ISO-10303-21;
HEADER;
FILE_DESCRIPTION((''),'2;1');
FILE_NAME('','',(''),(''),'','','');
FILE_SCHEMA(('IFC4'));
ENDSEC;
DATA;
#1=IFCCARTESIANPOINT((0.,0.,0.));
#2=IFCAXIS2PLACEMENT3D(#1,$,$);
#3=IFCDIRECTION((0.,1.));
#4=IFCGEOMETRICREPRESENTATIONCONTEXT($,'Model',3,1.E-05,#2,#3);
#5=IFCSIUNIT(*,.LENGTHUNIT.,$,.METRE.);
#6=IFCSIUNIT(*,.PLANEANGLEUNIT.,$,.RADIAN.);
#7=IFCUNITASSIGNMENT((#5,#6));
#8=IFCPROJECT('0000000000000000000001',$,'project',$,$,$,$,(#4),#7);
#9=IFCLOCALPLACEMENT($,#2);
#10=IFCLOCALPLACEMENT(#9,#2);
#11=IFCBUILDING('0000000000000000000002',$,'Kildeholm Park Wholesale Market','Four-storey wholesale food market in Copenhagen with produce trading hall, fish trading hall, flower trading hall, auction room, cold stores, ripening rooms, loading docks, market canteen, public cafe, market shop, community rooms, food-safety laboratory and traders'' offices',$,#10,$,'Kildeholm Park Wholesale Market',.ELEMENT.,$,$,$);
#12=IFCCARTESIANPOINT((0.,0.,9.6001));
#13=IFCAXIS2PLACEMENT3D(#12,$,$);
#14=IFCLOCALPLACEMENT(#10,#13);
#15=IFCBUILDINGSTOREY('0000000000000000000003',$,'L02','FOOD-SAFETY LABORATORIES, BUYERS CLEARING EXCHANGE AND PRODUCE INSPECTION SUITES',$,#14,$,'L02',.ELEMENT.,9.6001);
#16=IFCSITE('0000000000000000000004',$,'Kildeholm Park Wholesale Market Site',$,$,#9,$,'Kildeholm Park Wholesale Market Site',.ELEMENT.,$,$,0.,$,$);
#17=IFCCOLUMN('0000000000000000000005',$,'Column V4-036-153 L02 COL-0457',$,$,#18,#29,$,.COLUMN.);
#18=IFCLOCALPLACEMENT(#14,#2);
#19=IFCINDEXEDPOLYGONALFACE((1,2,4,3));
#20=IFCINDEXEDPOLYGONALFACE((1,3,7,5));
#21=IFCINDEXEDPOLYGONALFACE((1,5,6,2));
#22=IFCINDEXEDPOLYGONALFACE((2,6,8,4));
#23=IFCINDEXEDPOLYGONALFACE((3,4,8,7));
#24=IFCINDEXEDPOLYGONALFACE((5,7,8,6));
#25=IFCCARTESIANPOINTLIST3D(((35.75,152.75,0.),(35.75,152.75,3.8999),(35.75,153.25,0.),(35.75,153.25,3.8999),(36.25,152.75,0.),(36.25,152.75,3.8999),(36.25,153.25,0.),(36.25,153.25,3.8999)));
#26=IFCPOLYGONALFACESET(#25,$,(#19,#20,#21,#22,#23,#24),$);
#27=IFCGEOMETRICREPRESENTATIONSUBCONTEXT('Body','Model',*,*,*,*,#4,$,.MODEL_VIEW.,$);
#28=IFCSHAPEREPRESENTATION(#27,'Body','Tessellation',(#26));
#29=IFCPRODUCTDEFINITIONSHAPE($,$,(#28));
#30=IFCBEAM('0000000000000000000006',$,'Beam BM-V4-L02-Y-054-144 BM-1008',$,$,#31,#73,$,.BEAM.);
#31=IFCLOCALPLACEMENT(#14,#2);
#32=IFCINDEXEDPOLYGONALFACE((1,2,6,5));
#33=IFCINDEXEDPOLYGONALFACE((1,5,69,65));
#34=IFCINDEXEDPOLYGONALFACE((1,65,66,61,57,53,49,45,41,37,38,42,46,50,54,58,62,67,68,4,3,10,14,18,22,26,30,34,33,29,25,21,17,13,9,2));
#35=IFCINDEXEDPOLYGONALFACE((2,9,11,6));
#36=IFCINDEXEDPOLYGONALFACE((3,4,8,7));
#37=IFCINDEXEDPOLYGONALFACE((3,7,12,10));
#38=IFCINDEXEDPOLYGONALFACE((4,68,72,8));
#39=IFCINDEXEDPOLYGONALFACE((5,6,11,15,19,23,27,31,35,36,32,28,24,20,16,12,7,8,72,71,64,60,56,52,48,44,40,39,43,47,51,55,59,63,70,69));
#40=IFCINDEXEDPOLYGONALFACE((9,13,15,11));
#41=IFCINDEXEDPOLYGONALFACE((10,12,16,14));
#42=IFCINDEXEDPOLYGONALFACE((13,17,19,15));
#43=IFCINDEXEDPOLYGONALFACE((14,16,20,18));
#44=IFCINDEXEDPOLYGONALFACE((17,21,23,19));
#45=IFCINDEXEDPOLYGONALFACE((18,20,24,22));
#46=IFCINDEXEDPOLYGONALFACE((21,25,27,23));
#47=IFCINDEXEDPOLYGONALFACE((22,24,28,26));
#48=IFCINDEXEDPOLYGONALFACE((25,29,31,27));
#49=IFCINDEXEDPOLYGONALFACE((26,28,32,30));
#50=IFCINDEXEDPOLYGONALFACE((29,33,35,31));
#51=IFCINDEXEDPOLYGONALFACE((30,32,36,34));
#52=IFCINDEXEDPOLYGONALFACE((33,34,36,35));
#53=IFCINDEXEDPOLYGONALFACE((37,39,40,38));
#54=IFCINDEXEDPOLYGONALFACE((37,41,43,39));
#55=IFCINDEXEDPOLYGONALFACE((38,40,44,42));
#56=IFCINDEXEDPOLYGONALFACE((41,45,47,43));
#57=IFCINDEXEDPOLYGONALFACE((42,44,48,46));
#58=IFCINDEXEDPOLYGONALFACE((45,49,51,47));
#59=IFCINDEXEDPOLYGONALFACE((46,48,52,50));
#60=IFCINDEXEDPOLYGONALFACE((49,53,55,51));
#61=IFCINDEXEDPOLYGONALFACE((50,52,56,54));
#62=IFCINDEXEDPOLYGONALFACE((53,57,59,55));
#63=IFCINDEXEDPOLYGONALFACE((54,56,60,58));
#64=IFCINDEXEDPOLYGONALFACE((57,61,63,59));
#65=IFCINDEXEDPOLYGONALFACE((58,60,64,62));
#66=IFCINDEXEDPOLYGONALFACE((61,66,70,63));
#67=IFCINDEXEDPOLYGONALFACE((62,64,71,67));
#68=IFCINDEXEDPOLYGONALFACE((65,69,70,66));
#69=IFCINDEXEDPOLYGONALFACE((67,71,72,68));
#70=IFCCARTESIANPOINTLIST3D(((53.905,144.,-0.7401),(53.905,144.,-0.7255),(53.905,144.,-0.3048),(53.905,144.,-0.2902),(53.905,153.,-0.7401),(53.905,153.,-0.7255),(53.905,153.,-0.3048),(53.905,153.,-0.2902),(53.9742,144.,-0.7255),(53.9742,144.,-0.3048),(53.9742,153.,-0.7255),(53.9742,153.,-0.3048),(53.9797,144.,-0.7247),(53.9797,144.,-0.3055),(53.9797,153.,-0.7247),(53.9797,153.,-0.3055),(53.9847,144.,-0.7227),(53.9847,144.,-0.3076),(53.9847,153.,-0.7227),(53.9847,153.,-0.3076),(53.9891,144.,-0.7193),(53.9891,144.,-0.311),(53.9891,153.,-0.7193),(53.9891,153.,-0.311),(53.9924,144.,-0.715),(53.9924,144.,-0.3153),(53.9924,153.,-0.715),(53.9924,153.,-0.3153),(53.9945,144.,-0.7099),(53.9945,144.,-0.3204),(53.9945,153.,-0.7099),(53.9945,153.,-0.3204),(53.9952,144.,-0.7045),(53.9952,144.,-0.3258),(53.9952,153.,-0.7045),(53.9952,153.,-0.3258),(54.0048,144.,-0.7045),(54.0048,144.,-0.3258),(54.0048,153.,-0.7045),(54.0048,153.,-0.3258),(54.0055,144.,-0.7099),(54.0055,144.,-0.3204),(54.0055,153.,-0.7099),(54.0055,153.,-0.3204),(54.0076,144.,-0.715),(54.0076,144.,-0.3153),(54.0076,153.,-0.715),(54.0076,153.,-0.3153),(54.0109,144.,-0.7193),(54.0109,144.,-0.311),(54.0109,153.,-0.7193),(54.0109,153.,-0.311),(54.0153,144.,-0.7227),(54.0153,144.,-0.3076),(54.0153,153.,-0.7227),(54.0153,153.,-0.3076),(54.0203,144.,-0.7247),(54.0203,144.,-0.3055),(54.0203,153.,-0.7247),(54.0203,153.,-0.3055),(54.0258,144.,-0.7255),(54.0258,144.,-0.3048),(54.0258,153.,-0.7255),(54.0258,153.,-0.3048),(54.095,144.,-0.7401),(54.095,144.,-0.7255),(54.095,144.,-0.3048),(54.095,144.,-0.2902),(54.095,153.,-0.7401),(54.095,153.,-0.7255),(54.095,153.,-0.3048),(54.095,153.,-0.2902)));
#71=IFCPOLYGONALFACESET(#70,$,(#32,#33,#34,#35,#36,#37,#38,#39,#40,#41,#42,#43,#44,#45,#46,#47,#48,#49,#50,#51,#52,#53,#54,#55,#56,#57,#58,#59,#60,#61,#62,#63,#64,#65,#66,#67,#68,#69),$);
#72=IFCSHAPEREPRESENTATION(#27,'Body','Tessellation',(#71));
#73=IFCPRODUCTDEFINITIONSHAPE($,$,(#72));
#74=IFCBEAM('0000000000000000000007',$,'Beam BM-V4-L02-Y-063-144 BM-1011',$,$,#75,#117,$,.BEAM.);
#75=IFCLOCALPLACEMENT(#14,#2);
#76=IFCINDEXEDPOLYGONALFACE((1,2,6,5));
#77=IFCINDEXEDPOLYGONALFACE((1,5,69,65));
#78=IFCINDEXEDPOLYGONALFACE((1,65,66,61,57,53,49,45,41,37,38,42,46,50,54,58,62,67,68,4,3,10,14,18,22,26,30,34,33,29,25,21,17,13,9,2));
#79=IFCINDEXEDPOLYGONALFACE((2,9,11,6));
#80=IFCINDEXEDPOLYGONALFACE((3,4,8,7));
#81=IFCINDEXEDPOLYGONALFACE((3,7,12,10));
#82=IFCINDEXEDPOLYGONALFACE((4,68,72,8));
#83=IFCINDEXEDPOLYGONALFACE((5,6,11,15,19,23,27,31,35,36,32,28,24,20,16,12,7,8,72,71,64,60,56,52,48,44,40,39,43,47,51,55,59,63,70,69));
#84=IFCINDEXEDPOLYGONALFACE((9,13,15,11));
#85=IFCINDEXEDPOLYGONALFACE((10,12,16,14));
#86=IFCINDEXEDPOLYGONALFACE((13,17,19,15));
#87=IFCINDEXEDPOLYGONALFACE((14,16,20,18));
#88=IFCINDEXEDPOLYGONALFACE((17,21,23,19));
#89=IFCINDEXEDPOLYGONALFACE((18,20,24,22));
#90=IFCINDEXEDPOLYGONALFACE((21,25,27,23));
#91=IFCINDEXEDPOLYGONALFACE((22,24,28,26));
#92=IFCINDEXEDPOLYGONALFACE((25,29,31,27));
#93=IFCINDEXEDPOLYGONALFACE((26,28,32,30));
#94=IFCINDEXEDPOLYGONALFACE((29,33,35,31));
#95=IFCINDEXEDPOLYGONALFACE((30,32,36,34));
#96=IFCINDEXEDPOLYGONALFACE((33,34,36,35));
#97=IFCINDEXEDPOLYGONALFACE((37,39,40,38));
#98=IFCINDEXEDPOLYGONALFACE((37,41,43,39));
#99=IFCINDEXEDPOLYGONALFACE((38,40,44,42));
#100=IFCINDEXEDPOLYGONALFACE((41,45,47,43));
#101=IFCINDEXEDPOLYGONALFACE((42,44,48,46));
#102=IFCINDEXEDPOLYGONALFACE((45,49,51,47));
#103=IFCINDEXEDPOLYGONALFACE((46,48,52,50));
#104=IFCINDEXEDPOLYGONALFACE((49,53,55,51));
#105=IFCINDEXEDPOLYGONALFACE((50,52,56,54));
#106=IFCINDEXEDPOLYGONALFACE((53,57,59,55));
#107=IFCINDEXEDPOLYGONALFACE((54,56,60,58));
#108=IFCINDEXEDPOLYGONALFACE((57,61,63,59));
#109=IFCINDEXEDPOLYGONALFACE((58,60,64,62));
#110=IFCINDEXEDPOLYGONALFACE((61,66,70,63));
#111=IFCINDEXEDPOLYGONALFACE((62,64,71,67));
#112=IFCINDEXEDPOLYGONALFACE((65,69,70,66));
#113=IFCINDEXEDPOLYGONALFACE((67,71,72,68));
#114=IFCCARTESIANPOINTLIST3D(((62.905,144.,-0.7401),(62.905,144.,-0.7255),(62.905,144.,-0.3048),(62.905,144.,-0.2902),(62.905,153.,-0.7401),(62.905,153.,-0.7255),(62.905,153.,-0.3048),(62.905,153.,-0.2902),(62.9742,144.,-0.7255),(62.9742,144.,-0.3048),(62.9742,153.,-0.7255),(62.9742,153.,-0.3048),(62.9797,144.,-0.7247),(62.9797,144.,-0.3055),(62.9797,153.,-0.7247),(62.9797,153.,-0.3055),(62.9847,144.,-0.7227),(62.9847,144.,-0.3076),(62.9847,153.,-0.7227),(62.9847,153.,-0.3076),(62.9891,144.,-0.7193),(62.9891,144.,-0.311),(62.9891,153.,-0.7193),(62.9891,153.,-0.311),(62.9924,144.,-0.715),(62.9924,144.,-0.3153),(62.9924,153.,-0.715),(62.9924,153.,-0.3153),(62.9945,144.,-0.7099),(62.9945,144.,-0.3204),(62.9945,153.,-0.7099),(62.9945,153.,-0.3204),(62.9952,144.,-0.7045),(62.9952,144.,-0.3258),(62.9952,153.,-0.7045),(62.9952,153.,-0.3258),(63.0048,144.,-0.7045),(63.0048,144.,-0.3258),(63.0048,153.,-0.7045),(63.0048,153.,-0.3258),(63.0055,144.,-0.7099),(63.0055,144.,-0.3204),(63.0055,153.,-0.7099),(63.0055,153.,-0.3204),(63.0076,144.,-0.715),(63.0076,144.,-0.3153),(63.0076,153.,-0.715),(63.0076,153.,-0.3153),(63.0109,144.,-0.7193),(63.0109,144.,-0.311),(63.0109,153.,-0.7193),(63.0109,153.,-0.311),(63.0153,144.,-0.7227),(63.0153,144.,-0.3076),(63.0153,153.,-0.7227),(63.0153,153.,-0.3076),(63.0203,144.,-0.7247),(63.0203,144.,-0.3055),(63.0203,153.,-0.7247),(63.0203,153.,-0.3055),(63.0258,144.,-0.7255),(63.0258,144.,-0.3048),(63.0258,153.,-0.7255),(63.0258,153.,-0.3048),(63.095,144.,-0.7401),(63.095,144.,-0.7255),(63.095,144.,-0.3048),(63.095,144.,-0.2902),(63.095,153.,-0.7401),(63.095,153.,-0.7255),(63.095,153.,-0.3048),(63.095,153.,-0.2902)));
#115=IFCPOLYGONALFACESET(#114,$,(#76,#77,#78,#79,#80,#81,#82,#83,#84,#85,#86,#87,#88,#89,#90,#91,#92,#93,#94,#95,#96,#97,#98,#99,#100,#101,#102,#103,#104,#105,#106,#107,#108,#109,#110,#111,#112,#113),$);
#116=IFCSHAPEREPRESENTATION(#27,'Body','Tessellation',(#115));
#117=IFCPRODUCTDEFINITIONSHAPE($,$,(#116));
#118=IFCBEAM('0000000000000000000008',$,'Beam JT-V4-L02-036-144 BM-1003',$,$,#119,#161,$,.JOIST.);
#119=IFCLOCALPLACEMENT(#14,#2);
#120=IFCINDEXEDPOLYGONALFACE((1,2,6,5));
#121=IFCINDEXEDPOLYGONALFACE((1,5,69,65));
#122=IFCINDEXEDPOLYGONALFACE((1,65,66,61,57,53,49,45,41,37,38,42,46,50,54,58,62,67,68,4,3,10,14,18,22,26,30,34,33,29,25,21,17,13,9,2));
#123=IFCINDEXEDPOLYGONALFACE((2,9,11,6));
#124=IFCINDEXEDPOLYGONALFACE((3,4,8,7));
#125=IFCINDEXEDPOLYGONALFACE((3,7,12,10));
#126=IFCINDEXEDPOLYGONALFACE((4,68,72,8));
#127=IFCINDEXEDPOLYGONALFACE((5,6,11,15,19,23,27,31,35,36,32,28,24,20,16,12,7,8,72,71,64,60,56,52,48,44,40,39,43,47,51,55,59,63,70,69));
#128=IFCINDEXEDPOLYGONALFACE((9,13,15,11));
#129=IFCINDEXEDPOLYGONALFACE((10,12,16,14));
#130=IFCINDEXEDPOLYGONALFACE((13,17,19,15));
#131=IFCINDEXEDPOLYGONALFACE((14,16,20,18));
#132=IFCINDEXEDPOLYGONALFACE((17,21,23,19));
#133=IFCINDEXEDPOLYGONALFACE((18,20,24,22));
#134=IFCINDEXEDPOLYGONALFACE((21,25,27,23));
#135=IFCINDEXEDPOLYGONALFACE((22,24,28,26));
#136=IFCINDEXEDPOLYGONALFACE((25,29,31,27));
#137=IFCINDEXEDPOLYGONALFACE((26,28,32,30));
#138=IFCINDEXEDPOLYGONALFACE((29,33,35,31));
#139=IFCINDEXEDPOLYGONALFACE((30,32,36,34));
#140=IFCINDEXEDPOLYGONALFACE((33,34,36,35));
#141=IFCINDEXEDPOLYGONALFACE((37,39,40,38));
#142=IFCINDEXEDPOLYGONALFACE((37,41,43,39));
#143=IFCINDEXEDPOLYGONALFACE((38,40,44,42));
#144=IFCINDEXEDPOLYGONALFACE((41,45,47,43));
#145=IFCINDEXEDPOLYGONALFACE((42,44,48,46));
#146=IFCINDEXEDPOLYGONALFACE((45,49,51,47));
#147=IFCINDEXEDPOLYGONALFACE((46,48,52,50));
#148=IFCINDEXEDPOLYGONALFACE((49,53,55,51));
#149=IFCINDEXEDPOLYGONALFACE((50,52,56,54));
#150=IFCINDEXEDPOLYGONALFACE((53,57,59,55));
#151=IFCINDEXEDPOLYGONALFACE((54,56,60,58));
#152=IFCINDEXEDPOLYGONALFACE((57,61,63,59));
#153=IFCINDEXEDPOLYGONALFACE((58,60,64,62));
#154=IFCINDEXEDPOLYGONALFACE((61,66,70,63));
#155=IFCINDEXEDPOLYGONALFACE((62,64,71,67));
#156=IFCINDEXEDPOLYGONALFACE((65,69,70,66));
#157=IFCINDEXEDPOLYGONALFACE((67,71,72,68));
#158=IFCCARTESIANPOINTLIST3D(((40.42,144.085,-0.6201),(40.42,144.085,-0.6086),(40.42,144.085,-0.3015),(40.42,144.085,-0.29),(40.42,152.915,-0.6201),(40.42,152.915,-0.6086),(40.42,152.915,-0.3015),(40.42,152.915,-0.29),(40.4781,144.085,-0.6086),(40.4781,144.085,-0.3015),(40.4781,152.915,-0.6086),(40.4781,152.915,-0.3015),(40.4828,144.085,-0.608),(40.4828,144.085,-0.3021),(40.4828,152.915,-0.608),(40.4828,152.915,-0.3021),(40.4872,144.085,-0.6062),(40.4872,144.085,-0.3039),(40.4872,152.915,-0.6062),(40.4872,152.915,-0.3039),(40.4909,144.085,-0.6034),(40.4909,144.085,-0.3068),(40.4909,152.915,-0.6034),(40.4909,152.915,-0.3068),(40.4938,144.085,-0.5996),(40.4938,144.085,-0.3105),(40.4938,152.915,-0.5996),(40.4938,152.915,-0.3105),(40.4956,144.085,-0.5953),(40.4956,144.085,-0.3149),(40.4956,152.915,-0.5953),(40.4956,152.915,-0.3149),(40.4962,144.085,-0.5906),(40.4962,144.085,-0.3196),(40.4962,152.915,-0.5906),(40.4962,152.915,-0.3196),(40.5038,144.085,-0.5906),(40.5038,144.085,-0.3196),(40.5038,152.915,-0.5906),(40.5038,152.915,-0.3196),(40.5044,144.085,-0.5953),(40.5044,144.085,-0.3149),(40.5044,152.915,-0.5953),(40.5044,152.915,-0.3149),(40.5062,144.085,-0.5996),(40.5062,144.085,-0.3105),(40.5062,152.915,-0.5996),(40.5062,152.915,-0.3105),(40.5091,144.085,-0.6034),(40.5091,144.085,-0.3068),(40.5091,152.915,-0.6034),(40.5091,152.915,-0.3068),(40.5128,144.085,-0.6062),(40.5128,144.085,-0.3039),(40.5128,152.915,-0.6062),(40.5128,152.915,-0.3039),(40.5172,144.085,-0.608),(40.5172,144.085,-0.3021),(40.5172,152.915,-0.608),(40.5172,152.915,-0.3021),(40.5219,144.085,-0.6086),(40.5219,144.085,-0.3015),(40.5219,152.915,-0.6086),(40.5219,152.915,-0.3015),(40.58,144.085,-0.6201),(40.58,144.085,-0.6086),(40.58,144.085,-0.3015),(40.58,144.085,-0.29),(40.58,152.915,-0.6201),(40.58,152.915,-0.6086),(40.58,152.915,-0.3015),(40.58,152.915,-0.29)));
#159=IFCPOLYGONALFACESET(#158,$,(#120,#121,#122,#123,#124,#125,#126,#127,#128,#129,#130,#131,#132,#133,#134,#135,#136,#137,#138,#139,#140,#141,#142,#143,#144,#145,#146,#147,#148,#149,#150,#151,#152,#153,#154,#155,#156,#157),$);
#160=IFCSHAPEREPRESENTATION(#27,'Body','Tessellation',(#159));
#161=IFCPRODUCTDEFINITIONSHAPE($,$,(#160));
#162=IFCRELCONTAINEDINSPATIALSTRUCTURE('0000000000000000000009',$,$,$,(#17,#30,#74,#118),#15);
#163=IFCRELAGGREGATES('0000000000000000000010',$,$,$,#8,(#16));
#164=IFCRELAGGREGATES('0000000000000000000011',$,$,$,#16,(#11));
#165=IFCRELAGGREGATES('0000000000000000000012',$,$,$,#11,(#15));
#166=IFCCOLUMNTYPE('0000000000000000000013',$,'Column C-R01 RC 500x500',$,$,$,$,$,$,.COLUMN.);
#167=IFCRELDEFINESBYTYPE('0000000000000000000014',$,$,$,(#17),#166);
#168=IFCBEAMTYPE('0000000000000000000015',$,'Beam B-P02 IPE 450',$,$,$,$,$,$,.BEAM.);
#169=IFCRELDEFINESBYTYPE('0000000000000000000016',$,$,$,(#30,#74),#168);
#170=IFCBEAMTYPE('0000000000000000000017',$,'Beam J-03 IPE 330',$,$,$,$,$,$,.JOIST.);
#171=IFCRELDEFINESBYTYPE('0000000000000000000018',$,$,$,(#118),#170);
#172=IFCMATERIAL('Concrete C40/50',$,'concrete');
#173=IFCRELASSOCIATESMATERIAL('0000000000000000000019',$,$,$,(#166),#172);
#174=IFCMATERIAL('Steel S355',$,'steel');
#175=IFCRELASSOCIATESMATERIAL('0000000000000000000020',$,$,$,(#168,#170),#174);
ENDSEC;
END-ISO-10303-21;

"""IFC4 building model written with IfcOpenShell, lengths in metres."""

from ifc_helpers import new_model, si_unit, direction, frame, origin, origin_2d, place, context, subcontext, project, spatial, rectangle, i_section, extrude, material, material_profile, profile_set, type_object, element, save


model = new_model("IFC4")

# Units and contexts
model_context = context("Model", 3, precision=1e-05, world=origin(), true_north=direction((0.0, 1.0)))
body_context = subcontext(model_context, "Body", "Model", "MODEL_VIEW")
ifc_project = project(units=[si_unit("LENGTHUNIT", "METRE"), si_unit("PLANEANGLEUNIT", "RADIAN")], contexts=[model_context])

# Site, building, storey
site_placement = place(None, origin())
site = spatial("IfcSite", under=ifc_project, at=site_placement, Name="Kildeholm Park Wholesale Market Site", LongName="Kildeholm Park Wholesale Market Site", CompositionType="ELEMENT", RefElevation=0.0)
building_placement = place(site_placement, origin())
building = spatial("IfcBuilding", under=site, at=building_placement, Name="Kildeholm Park Wholesale Market", Description="Four-storey wholesale food market in Copenhagen with produce trading hall, fish trading hall, flower trading hall, auction room, cold stores, ripening rooms, loading docks, market canteen, public cafe, market shop, community rooms, food-safety laboratory and traders' offices", LongName="Kildeholm Park Wholesale Market", CompositionType="ELEMENT")
storey_placement = place(building_placement, frame((0.0, 0.0, 9.6001)))
storey = spatial("IfcBuildingStorey", under=building, at=storey_placement, Name="L02", Description="FOOD-SAFETY LABORATORIES, BUYERS CLEARING EXCHANGE AND PRODUCE INSPECTION SUITES", LongName="L02", CompositionType="ELEMENT", Elevation=9.6001)

# Column
ifc_material_1 = material(Name="Concrete C40/50", Category="concrete")
ifc_material_profile_1 = material_profile(ifc_material_1, rectangle(XDim=0.5, YDim=0.5, at=origin_2d()), Name="RC 500x500")
ifc_profile_set_1 = profile_set([ifc_material_profile_1], Name="Concrete C40/50")
column_type = type_object("IfcColumnType", Name="Column C-R01 RC 500x500", PredefinedType="COLUMN", material=ifc_profile_set_1)
column_placement = place(storey_placement, frame((36.0, 153.0, 0.0), z_axis=(0.0, 0.0, 1.0), x_axis=(1.0, 0.0, 0.0)))
element("IfcColumn", 1, at=column_placement, inside=storey, type_object=column_type, Name="Column V4-036-153 L02 COL-0457", PredefinedType="COLUMN", context=body_context, shape_type="SweptSolid", body=[
    extrude(rectangle(XDim=0.5, YDim=0.5, at=origin_2d()), origin(), (0.0, 0.0, 1.0), 3.8999),
])

# Beams
ifc_material_2 = material(Name="Steel S355", Category="steel")
ifc_material_profile_2 = material_profile(ifc_material_2, i_section(OverallWidth=0.1899, OverallDepth=0.45, WebThickness=0.0095, FlangeThickness=0.0146, FilletRadius=0.021, at=origin_2d()), Name="IPE 450")
ifc_profile_set_2 = profile_set([ifc_material_profile_2], Name="Steel S355")
beam_type_1 = type_object("IfcBeamType", Name="Beam B-P02 IPE 450", PredefinedType="BEAM", material=ifc_profile_set_2)
for number, where, z_axis, x_axis, name in (
    (2, (54.0, 144.0, -0.5151), (0.0, 1.0, 0.0), (-1.0, 0.0, 0.0), "Beam BM-V4-L02-Y-054-144 BM-1008"),
    (3, (63.0, 144.0, -0.5151), (0.0, 1.0, 0.0), (-1.0, 0.0, 0.0), "Beam BM-V4-L02-Y-063-144 BM-1011"),
):
    element("IfcBeam", number, at=place(storey_placement, frame(where, z_axis=z_axis, x_axis=x_axis)), inside=storey, type_object=beam_type_1, Name=name, PredefinedType="BEAM", context=body_context, shape_type="SweptSolid", body=[
        extrude(i_section(OverallWidth=0.1899, OverallDepth=0.45, WebThickness=0.0095, FlangeThickness=0.0146, FilletRadius=0.021, at=origin_2d()), origin(), (0.0, 0.0, 1.0), 9.0),
    ])
ifc_material_profile_3 = material_profile(ifc_material_2, i_section(OverallWidth=0.1599, OverallDepth=0.3301, WebThickness=0.0076, FlangeThickness=0.0115, FilletRadius=0.0181, at=origin_2d()), Name="IPE 330")
ifc_profile_set_3 = profile_set([ifc_material_profile_3], Name="Steel S355")
beam_type_2 = type_object("IfcBeamType", Name="Beam J-03 IPE 330", PredefinedType="JOIST", material=ifc_profile_set_3)
for number, where, z_axis, x_axis, name in (
    (4, (40.5, 144.085, -0.4551), (0.0, 1.0, 0.0), (-1.0, 0.0, 0.0), "Beam JT-V4-L02-036-144 BM-1003"),
):
    element("IfcBeam", number, at=place(storey_placement, frame(where, z_axis=z_axis, x_axis=x_axis)), inside=storey, type_object=beam_type_2, Name=name, PredefinedType="JOIST", context=body_context, shape_type="SweptSolid", body=[
        extrude(i_section(OverallWidth=0.1599, OverallDepth=0.3301, WebThickness=0.0076, FlangeThickness=0.0115, FilletRadius=0.0181, at=origin_2d()), origin(), (0.0, 0.0, 1.0), 8.8301),
    ])

save(model, "model.ifc")
